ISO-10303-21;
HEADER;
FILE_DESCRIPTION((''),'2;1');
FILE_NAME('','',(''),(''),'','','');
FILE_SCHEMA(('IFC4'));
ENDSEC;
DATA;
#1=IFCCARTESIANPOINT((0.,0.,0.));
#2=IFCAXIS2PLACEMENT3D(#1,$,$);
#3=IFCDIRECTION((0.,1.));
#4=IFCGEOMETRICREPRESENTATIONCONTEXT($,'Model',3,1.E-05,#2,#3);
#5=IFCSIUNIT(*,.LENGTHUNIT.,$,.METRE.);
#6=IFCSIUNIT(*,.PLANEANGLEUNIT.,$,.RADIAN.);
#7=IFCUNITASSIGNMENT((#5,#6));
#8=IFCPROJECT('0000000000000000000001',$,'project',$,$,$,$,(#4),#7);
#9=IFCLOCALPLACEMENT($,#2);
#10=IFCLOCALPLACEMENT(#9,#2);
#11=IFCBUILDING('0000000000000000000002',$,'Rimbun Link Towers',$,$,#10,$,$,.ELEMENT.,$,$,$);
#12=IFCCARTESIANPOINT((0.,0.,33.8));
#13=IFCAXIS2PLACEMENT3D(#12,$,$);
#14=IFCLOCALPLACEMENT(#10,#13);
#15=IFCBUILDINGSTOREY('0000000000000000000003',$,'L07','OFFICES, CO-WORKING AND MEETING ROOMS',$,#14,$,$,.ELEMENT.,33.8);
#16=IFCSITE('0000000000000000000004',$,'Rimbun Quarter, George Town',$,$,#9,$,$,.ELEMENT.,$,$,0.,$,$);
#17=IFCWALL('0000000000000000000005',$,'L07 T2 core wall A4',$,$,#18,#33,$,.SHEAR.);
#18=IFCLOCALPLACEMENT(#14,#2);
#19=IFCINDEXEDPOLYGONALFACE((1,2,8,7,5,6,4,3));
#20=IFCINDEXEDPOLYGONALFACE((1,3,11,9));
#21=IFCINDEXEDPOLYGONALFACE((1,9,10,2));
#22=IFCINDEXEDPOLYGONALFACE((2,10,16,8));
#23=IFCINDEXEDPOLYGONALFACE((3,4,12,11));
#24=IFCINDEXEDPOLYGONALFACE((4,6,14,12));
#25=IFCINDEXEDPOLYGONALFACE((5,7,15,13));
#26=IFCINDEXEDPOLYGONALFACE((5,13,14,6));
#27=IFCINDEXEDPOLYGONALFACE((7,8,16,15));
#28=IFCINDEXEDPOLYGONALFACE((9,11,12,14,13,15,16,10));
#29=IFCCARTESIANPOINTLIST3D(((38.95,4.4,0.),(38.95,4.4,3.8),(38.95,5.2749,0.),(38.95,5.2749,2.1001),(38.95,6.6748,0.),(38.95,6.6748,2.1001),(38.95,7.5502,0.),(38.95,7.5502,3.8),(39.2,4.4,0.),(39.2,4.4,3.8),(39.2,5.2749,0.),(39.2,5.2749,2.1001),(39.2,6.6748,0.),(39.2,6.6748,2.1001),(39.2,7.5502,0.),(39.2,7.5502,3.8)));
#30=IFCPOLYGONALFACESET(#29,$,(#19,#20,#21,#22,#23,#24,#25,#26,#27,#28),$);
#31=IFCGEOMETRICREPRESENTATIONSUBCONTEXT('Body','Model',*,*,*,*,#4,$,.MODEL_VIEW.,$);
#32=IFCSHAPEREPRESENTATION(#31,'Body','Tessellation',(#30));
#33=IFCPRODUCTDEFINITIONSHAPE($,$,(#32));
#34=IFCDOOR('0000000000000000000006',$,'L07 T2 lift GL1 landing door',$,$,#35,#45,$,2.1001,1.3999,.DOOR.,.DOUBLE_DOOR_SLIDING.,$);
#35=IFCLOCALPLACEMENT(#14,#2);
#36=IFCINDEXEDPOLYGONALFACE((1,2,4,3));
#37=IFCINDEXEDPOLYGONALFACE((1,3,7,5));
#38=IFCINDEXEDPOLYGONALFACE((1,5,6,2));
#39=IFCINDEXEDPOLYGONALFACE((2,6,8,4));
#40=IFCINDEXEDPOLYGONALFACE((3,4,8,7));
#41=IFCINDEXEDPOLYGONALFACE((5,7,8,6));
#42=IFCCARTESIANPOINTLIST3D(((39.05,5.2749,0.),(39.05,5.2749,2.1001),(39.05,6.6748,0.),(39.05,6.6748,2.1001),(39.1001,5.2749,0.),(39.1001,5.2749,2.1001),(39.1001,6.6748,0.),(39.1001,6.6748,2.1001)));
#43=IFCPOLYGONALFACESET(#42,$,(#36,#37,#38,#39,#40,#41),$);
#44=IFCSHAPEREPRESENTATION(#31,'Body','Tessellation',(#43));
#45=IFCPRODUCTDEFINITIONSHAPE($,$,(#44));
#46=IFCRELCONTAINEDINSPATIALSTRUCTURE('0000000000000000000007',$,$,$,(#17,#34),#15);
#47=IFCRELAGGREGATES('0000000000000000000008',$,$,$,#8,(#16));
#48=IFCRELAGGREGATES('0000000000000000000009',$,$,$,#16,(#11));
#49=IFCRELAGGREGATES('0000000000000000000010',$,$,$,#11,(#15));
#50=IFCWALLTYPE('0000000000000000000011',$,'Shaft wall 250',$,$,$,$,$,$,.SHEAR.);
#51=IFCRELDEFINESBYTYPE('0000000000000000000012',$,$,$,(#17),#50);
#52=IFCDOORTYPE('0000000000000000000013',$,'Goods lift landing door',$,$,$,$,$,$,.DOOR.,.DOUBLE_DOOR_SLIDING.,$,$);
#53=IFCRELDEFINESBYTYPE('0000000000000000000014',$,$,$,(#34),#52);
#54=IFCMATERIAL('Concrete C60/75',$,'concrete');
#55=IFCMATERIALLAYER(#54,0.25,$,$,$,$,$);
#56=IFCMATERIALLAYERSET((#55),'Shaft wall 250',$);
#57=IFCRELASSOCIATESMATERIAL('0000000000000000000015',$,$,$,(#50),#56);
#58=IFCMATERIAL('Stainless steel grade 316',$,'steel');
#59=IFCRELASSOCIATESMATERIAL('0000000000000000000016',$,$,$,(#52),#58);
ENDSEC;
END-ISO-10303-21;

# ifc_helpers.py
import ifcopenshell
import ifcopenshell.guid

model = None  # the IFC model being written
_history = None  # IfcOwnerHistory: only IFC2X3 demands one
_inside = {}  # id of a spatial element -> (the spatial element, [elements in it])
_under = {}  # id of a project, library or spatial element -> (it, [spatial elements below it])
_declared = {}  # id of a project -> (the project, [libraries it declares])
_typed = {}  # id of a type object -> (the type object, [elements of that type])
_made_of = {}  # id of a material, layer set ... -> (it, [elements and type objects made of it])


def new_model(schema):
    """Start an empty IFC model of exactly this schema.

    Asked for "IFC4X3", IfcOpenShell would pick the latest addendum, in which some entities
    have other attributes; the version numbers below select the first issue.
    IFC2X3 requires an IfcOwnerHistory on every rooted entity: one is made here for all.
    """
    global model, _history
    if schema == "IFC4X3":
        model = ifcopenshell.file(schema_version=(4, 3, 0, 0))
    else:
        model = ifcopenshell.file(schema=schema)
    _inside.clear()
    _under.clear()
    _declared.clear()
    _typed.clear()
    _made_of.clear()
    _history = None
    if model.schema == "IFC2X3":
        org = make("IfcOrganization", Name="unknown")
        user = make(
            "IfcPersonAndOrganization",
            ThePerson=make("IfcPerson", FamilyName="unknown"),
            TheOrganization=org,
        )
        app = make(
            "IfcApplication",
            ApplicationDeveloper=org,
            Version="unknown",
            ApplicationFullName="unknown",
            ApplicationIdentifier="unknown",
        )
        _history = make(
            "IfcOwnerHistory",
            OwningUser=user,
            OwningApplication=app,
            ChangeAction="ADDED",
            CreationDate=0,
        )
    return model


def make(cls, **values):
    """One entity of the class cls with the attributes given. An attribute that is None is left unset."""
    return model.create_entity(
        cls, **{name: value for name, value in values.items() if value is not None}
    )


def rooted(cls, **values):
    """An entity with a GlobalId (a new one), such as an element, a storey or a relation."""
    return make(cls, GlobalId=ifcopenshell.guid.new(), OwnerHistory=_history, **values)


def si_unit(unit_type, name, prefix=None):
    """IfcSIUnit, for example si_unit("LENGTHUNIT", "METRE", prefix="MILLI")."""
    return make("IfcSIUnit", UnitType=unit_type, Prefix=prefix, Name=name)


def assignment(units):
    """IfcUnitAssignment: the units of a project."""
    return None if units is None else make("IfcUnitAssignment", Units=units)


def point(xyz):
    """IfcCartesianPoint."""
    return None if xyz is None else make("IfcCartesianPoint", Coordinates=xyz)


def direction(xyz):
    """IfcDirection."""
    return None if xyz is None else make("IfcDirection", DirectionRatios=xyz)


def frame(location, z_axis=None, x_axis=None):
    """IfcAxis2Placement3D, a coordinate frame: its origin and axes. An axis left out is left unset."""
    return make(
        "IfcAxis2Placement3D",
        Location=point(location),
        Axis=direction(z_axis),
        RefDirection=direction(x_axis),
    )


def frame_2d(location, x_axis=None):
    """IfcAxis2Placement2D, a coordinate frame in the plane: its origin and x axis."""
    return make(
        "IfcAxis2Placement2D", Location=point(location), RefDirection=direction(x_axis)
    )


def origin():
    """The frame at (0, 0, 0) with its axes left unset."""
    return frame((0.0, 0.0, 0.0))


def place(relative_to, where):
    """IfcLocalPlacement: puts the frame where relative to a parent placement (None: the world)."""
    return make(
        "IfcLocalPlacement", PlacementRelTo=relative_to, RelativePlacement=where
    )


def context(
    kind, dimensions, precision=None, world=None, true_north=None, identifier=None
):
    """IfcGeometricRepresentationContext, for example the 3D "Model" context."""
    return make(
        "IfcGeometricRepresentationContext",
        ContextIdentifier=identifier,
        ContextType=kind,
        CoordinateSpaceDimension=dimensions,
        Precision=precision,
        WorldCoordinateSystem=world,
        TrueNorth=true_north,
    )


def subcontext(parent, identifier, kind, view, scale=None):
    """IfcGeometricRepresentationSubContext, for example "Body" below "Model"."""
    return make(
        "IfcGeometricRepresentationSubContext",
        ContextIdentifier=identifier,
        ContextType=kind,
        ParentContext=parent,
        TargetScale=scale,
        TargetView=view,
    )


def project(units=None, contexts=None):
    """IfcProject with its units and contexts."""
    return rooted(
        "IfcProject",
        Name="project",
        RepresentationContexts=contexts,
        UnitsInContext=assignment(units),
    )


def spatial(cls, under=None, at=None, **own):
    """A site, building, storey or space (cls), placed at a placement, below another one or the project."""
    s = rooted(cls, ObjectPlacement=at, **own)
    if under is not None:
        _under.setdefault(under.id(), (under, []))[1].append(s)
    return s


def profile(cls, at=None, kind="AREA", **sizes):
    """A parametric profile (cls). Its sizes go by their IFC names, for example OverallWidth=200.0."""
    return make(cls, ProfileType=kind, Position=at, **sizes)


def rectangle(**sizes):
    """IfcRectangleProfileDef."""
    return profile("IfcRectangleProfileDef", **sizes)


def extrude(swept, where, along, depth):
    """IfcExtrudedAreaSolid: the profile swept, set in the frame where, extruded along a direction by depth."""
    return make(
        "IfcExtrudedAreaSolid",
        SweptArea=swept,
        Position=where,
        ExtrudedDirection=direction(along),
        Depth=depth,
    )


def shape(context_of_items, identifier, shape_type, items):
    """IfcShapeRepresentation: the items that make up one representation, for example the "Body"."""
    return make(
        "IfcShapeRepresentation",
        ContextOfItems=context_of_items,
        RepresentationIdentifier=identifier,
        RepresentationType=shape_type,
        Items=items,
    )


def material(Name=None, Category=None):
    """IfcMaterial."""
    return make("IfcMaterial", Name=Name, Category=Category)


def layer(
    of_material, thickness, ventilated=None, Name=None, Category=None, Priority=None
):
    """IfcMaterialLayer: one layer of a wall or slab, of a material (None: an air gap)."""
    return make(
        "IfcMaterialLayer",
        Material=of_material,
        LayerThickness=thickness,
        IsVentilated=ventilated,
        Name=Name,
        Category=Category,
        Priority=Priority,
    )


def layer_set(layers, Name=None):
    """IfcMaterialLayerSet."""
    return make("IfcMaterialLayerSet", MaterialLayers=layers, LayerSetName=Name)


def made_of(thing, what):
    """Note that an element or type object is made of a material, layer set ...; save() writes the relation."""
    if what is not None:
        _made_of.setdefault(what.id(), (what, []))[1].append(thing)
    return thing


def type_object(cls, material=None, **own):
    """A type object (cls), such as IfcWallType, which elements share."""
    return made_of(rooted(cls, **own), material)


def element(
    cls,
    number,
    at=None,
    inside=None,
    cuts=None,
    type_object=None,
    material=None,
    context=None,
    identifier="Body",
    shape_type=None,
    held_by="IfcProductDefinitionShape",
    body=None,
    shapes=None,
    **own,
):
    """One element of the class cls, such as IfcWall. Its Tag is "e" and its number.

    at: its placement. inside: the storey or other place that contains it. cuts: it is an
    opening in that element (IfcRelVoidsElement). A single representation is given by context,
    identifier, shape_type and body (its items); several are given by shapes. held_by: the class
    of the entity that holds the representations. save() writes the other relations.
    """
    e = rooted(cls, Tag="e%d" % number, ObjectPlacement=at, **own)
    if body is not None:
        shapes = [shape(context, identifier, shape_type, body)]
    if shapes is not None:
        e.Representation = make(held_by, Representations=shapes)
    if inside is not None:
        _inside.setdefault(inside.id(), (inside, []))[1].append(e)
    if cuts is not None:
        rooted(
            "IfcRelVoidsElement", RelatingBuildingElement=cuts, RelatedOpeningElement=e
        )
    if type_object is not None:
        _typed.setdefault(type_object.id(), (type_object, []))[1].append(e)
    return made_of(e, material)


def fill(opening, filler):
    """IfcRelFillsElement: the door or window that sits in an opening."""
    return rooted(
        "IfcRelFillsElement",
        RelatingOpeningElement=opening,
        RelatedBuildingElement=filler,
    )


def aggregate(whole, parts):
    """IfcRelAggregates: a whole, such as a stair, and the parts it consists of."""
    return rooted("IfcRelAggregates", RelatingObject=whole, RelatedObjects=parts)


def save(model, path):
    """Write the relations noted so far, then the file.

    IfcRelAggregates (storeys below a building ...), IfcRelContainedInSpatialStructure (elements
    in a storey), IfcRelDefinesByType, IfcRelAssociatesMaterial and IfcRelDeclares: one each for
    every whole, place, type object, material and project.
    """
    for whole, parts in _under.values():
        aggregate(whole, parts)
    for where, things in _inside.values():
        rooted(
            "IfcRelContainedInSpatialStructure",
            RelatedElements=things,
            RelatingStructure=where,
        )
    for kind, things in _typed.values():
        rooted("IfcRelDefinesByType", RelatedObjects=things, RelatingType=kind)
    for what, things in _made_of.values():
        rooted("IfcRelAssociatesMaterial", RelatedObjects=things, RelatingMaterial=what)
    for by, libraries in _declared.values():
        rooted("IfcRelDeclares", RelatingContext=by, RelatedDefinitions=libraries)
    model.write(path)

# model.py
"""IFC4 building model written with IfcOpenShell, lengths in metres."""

from ifc_helpers import new_model, si_unit, direction, frame, frame_2d, origin, place, context, subcontext, project, spatial, rectangle, extrude, material, layer, layer_set, type_object, element, fill, save


model = new_model("IFC4")

# Units and contexts
model_context = context("Model", 3, precision=1e-05, world=origin(), true_north=direction((0.0, 1.0)))
body_context = subcontext(model_context, "Body", "Model", "MODEL_VIEW")
ifc_project = project(units=[si_unit("LENGTHUNIT", "METRE"), si_unit("PLANEANGLEUNIT", "RADIAN")], contexts=[model_context])

# Site, building, storey
site_placement = place(None, origin())
site = spatial("IfcSite", under=ifc_project, at=site_placement, Name="Rimbun Quarter, George Town", CompositionType="ELEMENT", RefElevation=0.0)
building_placement = place(site_placement, origin())
building = spatial("IfcBuilding", under=site, at=building_placement, Name="Rimbun Link Towers", CompositionType="ELEMENT")
storey_placement = place(building_placement, frame((0.0, 0.0, 33.8)))
storey = spatial("IfcBuildingStorey", under=building, at=storey_placement, Name="L07", Description="OFFICES, CO-WORKING AND MEETING ROOMS", CompositionType="ELEMENT", Elevation=33.8)

# Shared definitions
ifc_material_1 = material(Name="Concrete C60/75", Category="concrete")
ifc_layer_1 = layer(ifc_material_1, 0.25)
ifc_layer_set_1 = layer_set([ifc_layer_1], Name="Shaft wall 250")
wall_type_1 = type_object("IfcWallType", Name="Shaft wall 250", PredefinedType="SHEAR", material=ifc_layer_set_1)

# Wall, opening, door
wall_1_placement = place(storey_placement, frame((39.075, 4.3999, 0.0), z_axis=(0.0, 0.0, 1.0), x_axis=(0.0, 1.0, 0.0)))
wall_1 = element("IfcWall", 1, at=wall_1_placement, inside=storey, type_object=wall_type_1, Name="L07 T2 core wall A4", PredefinedType="SHEAR", context=body_context, shape_type="SweptSolid", body=[
    extrude(rectangle(XDim=3.1501, YDim=0.25, at=frame_2d((1.5752, 0.0))), origin(), (0.0, 0.0, 1.0), 3.8),
])
opening_1_placement = place(wall_1_placement, frame((0.875, 0.0, 0.0)))
opening_1 = element("IfcOpeningElement", 2, at=opening_1_placement, cuts=wall_1, PredefinedType="OPENING", context=body_context, shape_type="SweptSolid", body=[
    extrude(rectangle(XDim=1.3999, YDim=2.1001, at=frame_2d((0.7, 1.05))), frame((0.0, 0.135, 0.0), z_axis=(0.0, -1.0, 0.0), x_axis=(1.0, 0.0, 0.0)), (0.0, 0.0, 1.0), 0.27),
])
ifc_material_2 = material(Name="Stainless steel grade 316", Category="steel")
door_type_1 = type_object("IfcDoorType", Name="Goods lift landing door", OperationType="DOUBLE_DOOR_SLIDING", PredefinedType="DOOR", material=ifc_material_2)
door_1_placement = place(opening_1_placement, origin())
door_1 = element("IfcDoor", 3, at=door_1_placement, inside=storey, type_object=door_type_1, Name="L07 T2 lift GL1 landing door", OperationType="DOUBLE_DOOR_SLIDING", OverallHeight=2.1001, OverallWidth=1.3999, PredefinedType="DOOR", context=body_context, shape_type="SweptSolid", body=[
    extrude(rectangle(XDim=1.3999, YDim=2.1001, at=frame_2d((0.7, 1.05))), frame((0.0, 0.0249, 0.0), z_axis=(0.0, -1.0, 0.0), x_axis=(1.0, 0.0, 0.0)), (0.0, 0.0, 1.0), 0.05),
])
fill(opening_1, door_1)

save(model, "model.ifc")
